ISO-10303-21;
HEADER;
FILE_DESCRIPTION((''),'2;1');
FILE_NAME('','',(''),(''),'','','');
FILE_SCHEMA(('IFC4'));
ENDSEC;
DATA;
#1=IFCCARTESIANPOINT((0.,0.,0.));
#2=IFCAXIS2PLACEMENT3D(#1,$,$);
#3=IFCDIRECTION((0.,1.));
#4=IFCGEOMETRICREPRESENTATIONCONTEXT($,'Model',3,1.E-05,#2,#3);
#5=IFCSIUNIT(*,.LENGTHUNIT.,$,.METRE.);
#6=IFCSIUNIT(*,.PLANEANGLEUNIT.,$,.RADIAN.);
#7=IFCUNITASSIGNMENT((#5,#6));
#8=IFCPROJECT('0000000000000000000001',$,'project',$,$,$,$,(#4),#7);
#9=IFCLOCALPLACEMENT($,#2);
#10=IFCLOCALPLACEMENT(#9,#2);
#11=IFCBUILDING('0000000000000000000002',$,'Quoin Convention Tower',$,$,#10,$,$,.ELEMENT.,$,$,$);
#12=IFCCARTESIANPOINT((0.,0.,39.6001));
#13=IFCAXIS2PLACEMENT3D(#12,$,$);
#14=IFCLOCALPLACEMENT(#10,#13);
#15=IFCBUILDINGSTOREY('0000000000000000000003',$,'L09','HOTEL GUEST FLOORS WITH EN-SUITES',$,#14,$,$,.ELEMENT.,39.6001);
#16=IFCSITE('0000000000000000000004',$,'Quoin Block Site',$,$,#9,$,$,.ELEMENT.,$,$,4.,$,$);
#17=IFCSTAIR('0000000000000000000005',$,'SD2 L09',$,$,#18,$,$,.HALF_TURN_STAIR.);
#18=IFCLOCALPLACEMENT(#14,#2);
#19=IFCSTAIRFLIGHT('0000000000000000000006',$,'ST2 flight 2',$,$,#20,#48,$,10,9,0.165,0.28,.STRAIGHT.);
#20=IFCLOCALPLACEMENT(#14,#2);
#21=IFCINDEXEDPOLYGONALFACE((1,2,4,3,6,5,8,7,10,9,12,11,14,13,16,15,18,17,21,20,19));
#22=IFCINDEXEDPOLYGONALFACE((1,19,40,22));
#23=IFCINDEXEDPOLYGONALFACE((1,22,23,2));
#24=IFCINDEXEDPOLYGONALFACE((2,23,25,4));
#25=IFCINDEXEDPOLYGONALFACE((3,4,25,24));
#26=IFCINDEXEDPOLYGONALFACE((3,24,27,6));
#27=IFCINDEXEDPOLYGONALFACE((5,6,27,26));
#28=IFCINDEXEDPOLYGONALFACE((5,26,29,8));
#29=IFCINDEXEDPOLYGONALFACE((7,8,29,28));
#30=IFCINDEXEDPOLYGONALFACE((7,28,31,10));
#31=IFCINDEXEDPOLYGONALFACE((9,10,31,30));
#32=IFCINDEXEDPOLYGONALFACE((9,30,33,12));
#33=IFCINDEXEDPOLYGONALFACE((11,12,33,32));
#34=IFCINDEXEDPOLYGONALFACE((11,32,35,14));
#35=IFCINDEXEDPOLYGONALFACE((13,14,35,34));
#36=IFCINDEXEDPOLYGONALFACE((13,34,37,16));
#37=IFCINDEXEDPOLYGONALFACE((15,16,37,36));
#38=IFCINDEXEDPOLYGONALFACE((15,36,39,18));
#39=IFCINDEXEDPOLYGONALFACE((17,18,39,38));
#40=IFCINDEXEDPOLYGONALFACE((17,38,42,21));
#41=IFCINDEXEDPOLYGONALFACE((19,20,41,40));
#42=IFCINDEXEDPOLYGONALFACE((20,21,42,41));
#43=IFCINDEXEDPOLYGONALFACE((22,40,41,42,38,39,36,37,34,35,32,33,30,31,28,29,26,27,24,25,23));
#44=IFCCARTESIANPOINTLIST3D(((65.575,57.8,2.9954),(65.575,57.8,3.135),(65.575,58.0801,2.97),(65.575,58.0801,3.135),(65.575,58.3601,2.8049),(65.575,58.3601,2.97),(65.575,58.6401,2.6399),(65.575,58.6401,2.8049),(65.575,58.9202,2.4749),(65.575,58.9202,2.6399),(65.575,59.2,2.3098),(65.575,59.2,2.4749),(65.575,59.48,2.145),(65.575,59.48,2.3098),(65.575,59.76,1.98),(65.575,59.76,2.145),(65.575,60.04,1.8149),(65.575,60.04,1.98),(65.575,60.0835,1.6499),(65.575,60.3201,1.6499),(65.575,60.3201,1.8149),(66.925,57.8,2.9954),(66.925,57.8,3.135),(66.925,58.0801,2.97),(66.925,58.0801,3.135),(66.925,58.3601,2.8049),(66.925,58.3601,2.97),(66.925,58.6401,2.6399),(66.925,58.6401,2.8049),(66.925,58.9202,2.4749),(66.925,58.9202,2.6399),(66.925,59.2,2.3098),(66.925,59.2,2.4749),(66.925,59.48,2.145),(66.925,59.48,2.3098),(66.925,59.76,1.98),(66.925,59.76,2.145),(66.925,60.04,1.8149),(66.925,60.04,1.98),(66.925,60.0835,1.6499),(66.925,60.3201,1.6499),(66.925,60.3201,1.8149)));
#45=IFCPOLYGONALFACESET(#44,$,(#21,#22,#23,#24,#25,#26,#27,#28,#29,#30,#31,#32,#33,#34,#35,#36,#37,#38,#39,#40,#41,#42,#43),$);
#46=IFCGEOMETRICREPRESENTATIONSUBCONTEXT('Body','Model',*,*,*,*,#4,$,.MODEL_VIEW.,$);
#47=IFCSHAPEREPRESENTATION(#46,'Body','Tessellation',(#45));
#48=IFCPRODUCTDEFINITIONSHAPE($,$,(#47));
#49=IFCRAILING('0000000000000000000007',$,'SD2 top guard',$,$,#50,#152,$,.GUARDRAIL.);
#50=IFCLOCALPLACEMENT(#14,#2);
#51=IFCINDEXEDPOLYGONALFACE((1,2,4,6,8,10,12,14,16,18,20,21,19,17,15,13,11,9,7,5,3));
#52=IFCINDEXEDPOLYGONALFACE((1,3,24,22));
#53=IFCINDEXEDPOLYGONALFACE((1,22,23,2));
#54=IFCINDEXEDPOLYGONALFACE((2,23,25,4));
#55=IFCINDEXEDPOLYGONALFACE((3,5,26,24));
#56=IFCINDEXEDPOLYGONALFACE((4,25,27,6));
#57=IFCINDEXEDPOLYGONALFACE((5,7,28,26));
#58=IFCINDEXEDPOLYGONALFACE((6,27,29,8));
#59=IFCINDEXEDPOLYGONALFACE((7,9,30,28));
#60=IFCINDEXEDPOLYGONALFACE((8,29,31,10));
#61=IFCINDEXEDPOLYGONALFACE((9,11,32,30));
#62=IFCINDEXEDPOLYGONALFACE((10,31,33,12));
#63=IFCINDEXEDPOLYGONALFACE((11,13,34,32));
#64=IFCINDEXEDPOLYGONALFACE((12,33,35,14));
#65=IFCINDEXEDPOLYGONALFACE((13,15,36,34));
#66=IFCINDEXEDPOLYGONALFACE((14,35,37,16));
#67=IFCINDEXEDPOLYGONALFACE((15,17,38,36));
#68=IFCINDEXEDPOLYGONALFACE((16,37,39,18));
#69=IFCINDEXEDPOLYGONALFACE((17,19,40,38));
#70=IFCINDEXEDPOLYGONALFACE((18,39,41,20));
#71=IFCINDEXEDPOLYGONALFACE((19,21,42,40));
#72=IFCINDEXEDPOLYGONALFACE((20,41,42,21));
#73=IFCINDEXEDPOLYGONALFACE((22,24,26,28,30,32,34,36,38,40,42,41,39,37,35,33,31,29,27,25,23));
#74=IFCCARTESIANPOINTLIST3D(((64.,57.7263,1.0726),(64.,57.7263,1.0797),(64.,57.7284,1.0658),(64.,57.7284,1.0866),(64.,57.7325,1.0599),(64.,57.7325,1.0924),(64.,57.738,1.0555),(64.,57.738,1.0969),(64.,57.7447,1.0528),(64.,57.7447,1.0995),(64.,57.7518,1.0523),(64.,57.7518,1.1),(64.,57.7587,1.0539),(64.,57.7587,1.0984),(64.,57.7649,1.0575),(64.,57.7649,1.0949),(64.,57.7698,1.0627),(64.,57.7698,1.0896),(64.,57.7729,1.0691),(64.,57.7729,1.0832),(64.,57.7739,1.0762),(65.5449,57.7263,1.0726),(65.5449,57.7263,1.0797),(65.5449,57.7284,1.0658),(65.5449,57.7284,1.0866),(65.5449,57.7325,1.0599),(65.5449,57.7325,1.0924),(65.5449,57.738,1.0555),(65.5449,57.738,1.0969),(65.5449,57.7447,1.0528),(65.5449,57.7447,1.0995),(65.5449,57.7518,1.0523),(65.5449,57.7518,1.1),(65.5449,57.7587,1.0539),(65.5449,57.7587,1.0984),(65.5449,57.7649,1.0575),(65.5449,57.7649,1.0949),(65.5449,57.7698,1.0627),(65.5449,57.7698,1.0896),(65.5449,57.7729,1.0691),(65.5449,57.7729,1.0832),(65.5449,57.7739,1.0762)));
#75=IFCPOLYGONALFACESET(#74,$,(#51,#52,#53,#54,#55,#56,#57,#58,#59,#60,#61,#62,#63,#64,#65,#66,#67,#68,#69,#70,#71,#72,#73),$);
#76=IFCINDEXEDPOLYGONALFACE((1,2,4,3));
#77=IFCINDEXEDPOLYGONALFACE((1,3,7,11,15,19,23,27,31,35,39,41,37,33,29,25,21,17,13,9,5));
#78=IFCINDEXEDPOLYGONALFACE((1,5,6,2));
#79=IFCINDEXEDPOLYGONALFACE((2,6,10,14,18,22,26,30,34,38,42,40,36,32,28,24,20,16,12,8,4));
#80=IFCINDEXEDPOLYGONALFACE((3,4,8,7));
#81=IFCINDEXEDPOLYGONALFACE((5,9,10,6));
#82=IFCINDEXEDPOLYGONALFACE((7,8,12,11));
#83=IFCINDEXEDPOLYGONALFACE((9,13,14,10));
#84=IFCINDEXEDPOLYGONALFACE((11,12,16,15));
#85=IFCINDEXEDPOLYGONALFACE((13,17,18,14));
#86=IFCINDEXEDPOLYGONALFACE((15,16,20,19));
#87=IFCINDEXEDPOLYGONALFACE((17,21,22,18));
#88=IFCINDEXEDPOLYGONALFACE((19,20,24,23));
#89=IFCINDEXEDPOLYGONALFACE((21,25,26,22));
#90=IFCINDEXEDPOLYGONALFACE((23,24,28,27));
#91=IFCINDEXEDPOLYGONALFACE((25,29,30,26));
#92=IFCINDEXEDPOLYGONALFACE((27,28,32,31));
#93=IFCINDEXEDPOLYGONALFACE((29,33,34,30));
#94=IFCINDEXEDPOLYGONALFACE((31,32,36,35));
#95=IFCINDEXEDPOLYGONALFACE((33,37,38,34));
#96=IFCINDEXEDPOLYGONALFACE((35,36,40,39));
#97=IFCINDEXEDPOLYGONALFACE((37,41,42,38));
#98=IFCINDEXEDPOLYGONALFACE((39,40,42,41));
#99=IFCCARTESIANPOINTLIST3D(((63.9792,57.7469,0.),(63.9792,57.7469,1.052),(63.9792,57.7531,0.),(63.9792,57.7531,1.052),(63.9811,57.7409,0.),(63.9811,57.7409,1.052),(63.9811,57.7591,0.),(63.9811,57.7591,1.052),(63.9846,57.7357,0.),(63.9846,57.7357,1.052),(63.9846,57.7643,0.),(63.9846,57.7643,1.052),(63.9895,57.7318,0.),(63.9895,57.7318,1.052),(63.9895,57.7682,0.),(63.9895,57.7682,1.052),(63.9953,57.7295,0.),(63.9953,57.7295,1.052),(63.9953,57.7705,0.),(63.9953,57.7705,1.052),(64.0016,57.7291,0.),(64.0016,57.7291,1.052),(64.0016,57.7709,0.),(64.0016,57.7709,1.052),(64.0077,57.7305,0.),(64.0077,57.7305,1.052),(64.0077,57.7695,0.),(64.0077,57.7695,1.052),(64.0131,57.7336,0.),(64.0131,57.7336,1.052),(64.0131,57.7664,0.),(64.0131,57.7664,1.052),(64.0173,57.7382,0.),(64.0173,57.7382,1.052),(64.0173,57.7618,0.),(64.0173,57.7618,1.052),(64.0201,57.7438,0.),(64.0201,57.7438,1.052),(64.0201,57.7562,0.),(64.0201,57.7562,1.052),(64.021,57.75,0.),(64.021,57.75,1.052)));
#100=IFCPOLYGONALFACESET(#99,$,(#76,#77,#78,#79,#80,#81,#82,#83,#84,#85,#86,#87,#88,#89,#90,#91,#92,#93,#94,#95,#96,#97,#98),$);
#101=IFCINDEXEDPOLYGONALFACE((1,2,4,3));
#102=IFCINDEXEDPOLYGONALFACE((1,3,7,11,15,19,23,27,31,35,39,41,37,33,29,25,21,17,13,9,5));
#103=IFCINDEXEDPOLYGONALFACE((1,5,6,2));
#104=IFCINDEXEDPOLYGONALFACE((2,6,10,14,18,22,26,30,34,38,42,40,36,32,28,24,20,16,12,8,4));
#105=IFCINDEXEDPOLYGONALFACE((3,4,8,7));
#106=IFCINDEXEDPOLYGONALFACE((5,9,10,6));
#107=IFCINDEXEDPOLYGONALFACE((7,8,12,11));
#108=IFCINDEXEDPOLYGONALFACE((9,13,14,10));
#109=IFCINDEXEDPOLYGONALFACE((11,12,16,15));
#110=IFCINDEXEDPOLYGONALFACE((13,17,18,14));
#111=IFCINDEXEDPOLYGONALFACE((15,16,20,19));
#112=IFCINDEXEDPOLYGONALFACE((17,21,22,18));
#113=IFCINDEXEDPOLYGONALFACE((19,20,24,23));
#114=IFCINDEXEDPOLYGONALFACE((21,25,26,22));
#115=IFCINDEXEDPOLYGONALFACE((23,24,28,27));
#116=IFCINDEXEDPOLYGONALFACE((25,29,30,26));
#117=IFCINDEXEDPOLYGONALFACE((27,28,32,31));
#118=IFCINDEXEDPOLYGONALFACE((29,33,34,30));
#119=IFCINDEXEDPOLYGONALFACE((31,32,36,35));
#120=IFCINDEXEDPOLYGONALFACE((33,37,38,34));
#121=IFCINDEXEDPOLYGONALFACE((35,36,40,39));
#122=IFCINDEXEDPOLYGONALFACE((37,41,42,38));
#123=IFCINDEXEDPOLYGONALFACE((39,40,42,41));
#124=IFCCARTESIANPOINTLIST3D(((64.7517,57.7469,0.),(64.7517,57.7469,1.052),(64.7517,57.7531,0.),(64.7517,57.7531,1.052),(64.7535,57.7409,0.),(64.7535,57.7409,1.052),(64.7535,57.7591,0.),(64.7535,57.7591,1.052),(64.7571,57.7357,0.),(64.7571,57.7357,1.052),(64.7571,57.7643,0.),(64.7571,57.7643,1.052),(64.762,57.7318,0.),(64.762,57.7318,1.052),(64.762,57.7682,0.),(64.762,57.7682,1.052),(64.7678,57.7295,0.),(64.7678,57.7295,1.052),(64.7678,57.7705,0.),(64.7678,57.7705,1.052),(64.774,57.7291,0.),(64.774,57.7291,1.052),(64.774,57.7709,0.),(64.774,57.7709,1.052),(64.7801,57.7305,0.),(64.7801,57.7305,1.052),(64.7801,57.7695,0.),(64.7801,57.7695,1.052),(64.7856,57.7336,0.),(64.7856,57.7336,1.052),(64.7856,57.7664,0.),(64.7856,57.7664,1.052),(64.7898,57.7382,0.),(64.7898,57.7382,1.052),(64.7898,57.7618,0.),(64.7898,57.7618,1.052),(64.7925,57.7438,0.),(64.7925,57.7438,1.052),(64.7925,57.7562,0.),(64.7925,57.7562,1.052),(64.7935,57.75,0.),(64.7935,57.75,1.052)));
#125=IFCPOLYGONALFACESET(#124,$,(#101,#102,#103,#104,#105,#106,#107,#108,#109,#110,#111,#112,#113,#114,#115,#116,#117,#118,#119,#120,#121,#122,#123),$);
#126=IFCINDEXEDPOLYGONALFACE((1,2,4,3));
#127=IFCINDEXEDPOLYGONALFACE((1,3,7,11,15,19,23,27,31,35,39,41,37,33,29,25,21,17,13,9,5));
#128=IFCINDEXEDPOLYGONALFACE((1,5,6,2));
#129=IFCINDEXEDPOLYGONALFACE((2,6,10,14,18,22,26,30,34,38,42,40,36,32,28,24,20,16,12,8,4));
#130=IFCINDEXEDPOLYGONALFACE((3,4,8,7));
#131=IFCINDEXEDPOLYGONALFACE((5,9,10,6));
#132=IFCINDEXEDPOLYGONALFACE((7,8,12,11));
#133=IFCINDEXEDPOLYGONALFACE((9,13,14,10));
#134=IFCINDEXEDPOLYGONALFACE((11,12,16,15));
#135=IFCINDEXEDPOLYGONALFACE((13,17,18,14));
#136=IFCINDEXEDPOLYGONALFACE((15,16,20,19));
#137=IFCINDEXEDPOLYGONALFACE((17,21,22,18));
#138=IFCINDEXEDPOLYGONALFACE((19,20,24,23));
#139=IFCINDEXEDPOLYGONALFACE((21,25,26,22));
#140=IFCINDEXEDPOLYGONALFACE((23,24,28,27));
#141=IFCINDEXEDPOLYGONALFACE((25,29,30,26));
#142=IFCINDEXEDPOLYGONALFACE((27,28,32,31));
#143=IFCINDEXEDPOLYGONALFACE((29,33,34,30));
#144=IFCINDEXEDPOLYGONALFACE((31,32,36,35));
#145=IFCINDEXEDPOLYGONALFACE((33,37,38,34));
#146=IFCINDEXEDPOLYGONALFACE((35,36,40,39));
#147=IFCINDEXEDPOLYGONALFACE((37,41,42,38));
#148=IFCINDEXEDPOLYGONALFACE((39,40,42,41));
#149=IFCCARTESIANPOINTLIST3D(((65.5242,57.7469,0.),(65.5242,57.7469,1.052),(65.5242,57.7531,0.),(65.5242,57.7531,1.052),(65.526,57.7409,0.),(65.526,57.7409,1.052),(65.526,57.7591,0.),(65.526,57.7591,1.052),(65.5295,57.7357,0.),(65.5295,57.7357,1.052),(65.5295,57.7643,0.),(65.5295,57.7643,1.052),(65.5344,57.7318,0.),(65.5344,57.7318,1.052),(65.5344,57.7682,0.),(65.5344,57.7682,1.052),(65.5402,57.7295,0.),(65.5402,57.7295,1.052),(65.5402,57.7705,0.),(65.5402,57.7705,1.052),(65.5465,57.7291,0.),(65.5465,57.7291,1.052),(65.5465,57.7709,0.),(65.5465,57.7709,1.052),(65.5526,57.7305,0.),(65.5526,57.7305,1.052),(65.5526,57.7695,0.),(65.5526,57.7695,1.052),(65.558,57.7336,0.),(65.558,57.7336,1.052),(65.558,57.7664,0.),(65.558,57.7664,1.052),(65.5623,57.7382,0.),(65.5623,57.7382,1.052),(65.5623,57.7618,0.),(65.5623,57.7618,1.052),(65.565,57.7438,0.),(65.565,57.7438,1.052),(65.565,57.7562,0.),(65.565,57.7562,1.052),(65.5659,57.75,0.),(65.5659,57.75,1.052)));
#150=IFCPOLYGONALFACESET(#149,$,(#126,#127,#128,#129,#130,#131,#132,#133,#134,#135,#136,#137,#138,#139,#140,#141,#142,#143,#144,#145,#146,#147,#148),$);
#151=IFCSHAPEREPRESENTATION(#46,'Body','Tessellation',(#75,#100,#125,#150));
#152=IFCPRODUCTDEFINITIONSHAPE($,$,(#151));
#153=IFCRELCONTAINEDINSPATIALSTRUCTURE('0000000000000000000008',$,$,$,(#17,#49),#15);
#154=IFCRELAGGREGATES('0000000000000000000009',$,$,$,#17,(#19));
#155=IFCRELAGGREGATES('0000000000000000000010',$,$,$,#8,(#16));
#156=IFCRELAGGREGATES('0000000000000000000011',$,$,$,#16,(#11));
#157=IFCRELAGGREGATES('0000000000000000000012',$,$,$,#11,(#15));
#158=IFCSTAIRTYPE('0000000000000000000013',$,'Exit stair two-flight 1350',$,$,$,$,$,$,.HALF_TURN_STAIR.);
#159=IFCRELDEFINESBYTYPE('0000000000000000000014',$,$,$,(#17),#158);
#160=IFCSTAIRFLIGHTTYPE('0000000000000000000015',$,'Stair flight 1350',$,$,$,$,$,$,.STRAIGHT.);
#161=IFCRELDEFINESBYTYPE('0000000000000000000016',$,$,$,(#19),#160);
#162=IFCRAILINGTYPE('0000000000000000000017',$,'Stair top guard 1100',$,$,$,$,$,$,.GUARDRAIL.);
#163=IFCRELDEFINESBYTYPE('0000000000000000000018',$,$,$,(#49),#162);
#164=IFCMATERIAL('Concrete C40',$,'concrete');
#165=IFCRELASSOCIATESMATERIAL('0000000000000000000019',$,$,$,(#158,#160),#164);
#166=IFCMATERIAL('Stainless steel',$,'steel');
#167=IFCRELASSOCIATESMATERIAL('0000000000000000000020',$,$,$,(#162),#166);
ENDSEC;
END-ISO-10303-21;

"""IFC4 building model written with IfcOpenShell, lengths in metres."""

from ifc_helpers import new_model, si_unit, direction, frame, origin, origin_2d, place, context, subcontext, project, spatial, polyline, circle, outline, extrude, material, type_object, element, aggregate, save


model = new_model("IFC4")

# Units and contexts
model_context = context("Model", 3, precision=1e-05, world=origin(), true_north=direction((0.0, 1.0)))
body_context = subcontext(model_context, "Body", "Model", "MODEL_VIEW")
ifc_project = project(units=[si_unit("LENGTHUNIT", "METRE"), si_unit("PLANEANGLEUNIT", "RADIAN")], contexts=[model_context])

# Site, building, storey
site_placement = place(None, origin())
site = spatial("IfcSite", under=ifc_project, at=site_placement, Name="Quoin Block Site", CompositionType="ELEMENT", RefElevation=4.0)
building_placement = place(site_placement, origin())
building = spatial("IfcBuilding", under=site, at=building_placement, Name="Quoin Convention Tower", CompositionType="ELEMENT")
storey_placement = place(building_placement, frame((0.0, 0.0, 39.6001)))
storey = spatial("IfcBuildingStorey", under=building, at=storey_placement, Name="L09", Description="HOTEL GUEST FLOORS WITH EN-SUITES", CompositionType="ELEMENT", Elevation=39.6001)

# Stair, stair flight
ifc_material_1 = material(Name="Concrete C40", Category="concrete")
stair_type = type_object("IfcStairType", Name="Exit stair two-flight 1350", PredefinedType="HALF_TURN_STAIR", material=ifc_material_1)
stair_placement = place(storey_placement, origin())
stair = element("IfcStair", 1, at=stair_placement, inside=storey, type_object=stair_type, Name="SD2 L09", PredefinedType="HALF_TURN_STAIR")
stair_flight_type = type_object("IfcStairFlightType", Name="Stair flight 1350", PredefinedType="STRAIGHT", material=ifc_material_1)
stair_flight_1_placement = place(storey_placement, frame((66.25, 60.3201, 1.6499), z_axis=(0.0, 0.0, 1.0), x_axis=(0.0, -1.0, 0.0)))
stair_flight_1 = element("IfcStairFlight", 2, at=stair_flight_1_placement, type_object=stair_flight_type, Name="ST2 flight 2", NumberOfRisers=10, NumberOfTreads=9, PredefinedType="STRAIGHT", RiserHeight=0.165, TreadLength=0.28, context=body_context, shape_type="SweptSolid", body=[
    extrude(outline(polyline([(0.0, 0.0), (0.0, 0.165), (0.28, 0.165), (0.28, 0.3301), (0.5601, 0.3301), (0.5601, 0.4951), (0.8401, 0.4951), (0.8401, 0.6599), (1.1201, 0.6599), (1.1201, 0.825), (1.3999, 0.825), (1.3999, 0.99), (1.6799, 0.99), (1.6799, 1.155), (1.96, 1.155), (1.96, 1.3201), (2.24, 1.3201), (2.24, 1.4851), (2.52, 1.4851), (2.52, 1.6499), (2.52, 1.3455), (0.2366, 0.0), (0.0, 0.0)])), frame((0.0, 0.675, 0.0), z_axis=(0.0, -1.0, 0.0), x_axis=(1.0, 0.0, 0.0)), (0.0, 0.0, 1.0), 1.3501),
])
aggregate(stair, [stair_flight_1])

# Railing
ifc_material_2 = material(Name="Stainless steel", Category="steel")
railing_type_1 = type_object("IfcRailingType", Name="Stair top guard 1100", PredefinedType="GUARDRAIL", material=ifc_material_2)
railing_1_placement = place(storey_placement, frame((64.0, 57.75, 0.0)))
element("IfcRailing", 3, at=railing_1_placement, inside=storey, type_object=railing_type_1, Name="SD2 top guard", PredefinedType="GUARDRAIL", context=body_context, shape_type="SweptSolid", body=[
    extrude(circle(Radius=0.0239, at=origin_2d()), frame((0.0, 0.0, 1.0762), z_axis=(1.0, 0.0, 0.0), x_axis=(0.0, 1.0, 0.0)), (0.0, 0.0, 1.0), 1.5449),
    extrude(circle(Radius=0.021, at=origin_2d()), origin(), (0.0, 0.0, 1.0), 1.052),
    extrude(circle(Radius=0.021, at=origin_2d()), frame((0.7725, 0.0, 0.0)), (0.0, 0.0, 1.0), 1.052),
    extrude(circle(Radius=0.021, at=origin_2d()), frame((1.5449, 0.0, 0.0)), (0.0, 0.0, 1.0), 1.052),
])

save(model, "model.ifc")
